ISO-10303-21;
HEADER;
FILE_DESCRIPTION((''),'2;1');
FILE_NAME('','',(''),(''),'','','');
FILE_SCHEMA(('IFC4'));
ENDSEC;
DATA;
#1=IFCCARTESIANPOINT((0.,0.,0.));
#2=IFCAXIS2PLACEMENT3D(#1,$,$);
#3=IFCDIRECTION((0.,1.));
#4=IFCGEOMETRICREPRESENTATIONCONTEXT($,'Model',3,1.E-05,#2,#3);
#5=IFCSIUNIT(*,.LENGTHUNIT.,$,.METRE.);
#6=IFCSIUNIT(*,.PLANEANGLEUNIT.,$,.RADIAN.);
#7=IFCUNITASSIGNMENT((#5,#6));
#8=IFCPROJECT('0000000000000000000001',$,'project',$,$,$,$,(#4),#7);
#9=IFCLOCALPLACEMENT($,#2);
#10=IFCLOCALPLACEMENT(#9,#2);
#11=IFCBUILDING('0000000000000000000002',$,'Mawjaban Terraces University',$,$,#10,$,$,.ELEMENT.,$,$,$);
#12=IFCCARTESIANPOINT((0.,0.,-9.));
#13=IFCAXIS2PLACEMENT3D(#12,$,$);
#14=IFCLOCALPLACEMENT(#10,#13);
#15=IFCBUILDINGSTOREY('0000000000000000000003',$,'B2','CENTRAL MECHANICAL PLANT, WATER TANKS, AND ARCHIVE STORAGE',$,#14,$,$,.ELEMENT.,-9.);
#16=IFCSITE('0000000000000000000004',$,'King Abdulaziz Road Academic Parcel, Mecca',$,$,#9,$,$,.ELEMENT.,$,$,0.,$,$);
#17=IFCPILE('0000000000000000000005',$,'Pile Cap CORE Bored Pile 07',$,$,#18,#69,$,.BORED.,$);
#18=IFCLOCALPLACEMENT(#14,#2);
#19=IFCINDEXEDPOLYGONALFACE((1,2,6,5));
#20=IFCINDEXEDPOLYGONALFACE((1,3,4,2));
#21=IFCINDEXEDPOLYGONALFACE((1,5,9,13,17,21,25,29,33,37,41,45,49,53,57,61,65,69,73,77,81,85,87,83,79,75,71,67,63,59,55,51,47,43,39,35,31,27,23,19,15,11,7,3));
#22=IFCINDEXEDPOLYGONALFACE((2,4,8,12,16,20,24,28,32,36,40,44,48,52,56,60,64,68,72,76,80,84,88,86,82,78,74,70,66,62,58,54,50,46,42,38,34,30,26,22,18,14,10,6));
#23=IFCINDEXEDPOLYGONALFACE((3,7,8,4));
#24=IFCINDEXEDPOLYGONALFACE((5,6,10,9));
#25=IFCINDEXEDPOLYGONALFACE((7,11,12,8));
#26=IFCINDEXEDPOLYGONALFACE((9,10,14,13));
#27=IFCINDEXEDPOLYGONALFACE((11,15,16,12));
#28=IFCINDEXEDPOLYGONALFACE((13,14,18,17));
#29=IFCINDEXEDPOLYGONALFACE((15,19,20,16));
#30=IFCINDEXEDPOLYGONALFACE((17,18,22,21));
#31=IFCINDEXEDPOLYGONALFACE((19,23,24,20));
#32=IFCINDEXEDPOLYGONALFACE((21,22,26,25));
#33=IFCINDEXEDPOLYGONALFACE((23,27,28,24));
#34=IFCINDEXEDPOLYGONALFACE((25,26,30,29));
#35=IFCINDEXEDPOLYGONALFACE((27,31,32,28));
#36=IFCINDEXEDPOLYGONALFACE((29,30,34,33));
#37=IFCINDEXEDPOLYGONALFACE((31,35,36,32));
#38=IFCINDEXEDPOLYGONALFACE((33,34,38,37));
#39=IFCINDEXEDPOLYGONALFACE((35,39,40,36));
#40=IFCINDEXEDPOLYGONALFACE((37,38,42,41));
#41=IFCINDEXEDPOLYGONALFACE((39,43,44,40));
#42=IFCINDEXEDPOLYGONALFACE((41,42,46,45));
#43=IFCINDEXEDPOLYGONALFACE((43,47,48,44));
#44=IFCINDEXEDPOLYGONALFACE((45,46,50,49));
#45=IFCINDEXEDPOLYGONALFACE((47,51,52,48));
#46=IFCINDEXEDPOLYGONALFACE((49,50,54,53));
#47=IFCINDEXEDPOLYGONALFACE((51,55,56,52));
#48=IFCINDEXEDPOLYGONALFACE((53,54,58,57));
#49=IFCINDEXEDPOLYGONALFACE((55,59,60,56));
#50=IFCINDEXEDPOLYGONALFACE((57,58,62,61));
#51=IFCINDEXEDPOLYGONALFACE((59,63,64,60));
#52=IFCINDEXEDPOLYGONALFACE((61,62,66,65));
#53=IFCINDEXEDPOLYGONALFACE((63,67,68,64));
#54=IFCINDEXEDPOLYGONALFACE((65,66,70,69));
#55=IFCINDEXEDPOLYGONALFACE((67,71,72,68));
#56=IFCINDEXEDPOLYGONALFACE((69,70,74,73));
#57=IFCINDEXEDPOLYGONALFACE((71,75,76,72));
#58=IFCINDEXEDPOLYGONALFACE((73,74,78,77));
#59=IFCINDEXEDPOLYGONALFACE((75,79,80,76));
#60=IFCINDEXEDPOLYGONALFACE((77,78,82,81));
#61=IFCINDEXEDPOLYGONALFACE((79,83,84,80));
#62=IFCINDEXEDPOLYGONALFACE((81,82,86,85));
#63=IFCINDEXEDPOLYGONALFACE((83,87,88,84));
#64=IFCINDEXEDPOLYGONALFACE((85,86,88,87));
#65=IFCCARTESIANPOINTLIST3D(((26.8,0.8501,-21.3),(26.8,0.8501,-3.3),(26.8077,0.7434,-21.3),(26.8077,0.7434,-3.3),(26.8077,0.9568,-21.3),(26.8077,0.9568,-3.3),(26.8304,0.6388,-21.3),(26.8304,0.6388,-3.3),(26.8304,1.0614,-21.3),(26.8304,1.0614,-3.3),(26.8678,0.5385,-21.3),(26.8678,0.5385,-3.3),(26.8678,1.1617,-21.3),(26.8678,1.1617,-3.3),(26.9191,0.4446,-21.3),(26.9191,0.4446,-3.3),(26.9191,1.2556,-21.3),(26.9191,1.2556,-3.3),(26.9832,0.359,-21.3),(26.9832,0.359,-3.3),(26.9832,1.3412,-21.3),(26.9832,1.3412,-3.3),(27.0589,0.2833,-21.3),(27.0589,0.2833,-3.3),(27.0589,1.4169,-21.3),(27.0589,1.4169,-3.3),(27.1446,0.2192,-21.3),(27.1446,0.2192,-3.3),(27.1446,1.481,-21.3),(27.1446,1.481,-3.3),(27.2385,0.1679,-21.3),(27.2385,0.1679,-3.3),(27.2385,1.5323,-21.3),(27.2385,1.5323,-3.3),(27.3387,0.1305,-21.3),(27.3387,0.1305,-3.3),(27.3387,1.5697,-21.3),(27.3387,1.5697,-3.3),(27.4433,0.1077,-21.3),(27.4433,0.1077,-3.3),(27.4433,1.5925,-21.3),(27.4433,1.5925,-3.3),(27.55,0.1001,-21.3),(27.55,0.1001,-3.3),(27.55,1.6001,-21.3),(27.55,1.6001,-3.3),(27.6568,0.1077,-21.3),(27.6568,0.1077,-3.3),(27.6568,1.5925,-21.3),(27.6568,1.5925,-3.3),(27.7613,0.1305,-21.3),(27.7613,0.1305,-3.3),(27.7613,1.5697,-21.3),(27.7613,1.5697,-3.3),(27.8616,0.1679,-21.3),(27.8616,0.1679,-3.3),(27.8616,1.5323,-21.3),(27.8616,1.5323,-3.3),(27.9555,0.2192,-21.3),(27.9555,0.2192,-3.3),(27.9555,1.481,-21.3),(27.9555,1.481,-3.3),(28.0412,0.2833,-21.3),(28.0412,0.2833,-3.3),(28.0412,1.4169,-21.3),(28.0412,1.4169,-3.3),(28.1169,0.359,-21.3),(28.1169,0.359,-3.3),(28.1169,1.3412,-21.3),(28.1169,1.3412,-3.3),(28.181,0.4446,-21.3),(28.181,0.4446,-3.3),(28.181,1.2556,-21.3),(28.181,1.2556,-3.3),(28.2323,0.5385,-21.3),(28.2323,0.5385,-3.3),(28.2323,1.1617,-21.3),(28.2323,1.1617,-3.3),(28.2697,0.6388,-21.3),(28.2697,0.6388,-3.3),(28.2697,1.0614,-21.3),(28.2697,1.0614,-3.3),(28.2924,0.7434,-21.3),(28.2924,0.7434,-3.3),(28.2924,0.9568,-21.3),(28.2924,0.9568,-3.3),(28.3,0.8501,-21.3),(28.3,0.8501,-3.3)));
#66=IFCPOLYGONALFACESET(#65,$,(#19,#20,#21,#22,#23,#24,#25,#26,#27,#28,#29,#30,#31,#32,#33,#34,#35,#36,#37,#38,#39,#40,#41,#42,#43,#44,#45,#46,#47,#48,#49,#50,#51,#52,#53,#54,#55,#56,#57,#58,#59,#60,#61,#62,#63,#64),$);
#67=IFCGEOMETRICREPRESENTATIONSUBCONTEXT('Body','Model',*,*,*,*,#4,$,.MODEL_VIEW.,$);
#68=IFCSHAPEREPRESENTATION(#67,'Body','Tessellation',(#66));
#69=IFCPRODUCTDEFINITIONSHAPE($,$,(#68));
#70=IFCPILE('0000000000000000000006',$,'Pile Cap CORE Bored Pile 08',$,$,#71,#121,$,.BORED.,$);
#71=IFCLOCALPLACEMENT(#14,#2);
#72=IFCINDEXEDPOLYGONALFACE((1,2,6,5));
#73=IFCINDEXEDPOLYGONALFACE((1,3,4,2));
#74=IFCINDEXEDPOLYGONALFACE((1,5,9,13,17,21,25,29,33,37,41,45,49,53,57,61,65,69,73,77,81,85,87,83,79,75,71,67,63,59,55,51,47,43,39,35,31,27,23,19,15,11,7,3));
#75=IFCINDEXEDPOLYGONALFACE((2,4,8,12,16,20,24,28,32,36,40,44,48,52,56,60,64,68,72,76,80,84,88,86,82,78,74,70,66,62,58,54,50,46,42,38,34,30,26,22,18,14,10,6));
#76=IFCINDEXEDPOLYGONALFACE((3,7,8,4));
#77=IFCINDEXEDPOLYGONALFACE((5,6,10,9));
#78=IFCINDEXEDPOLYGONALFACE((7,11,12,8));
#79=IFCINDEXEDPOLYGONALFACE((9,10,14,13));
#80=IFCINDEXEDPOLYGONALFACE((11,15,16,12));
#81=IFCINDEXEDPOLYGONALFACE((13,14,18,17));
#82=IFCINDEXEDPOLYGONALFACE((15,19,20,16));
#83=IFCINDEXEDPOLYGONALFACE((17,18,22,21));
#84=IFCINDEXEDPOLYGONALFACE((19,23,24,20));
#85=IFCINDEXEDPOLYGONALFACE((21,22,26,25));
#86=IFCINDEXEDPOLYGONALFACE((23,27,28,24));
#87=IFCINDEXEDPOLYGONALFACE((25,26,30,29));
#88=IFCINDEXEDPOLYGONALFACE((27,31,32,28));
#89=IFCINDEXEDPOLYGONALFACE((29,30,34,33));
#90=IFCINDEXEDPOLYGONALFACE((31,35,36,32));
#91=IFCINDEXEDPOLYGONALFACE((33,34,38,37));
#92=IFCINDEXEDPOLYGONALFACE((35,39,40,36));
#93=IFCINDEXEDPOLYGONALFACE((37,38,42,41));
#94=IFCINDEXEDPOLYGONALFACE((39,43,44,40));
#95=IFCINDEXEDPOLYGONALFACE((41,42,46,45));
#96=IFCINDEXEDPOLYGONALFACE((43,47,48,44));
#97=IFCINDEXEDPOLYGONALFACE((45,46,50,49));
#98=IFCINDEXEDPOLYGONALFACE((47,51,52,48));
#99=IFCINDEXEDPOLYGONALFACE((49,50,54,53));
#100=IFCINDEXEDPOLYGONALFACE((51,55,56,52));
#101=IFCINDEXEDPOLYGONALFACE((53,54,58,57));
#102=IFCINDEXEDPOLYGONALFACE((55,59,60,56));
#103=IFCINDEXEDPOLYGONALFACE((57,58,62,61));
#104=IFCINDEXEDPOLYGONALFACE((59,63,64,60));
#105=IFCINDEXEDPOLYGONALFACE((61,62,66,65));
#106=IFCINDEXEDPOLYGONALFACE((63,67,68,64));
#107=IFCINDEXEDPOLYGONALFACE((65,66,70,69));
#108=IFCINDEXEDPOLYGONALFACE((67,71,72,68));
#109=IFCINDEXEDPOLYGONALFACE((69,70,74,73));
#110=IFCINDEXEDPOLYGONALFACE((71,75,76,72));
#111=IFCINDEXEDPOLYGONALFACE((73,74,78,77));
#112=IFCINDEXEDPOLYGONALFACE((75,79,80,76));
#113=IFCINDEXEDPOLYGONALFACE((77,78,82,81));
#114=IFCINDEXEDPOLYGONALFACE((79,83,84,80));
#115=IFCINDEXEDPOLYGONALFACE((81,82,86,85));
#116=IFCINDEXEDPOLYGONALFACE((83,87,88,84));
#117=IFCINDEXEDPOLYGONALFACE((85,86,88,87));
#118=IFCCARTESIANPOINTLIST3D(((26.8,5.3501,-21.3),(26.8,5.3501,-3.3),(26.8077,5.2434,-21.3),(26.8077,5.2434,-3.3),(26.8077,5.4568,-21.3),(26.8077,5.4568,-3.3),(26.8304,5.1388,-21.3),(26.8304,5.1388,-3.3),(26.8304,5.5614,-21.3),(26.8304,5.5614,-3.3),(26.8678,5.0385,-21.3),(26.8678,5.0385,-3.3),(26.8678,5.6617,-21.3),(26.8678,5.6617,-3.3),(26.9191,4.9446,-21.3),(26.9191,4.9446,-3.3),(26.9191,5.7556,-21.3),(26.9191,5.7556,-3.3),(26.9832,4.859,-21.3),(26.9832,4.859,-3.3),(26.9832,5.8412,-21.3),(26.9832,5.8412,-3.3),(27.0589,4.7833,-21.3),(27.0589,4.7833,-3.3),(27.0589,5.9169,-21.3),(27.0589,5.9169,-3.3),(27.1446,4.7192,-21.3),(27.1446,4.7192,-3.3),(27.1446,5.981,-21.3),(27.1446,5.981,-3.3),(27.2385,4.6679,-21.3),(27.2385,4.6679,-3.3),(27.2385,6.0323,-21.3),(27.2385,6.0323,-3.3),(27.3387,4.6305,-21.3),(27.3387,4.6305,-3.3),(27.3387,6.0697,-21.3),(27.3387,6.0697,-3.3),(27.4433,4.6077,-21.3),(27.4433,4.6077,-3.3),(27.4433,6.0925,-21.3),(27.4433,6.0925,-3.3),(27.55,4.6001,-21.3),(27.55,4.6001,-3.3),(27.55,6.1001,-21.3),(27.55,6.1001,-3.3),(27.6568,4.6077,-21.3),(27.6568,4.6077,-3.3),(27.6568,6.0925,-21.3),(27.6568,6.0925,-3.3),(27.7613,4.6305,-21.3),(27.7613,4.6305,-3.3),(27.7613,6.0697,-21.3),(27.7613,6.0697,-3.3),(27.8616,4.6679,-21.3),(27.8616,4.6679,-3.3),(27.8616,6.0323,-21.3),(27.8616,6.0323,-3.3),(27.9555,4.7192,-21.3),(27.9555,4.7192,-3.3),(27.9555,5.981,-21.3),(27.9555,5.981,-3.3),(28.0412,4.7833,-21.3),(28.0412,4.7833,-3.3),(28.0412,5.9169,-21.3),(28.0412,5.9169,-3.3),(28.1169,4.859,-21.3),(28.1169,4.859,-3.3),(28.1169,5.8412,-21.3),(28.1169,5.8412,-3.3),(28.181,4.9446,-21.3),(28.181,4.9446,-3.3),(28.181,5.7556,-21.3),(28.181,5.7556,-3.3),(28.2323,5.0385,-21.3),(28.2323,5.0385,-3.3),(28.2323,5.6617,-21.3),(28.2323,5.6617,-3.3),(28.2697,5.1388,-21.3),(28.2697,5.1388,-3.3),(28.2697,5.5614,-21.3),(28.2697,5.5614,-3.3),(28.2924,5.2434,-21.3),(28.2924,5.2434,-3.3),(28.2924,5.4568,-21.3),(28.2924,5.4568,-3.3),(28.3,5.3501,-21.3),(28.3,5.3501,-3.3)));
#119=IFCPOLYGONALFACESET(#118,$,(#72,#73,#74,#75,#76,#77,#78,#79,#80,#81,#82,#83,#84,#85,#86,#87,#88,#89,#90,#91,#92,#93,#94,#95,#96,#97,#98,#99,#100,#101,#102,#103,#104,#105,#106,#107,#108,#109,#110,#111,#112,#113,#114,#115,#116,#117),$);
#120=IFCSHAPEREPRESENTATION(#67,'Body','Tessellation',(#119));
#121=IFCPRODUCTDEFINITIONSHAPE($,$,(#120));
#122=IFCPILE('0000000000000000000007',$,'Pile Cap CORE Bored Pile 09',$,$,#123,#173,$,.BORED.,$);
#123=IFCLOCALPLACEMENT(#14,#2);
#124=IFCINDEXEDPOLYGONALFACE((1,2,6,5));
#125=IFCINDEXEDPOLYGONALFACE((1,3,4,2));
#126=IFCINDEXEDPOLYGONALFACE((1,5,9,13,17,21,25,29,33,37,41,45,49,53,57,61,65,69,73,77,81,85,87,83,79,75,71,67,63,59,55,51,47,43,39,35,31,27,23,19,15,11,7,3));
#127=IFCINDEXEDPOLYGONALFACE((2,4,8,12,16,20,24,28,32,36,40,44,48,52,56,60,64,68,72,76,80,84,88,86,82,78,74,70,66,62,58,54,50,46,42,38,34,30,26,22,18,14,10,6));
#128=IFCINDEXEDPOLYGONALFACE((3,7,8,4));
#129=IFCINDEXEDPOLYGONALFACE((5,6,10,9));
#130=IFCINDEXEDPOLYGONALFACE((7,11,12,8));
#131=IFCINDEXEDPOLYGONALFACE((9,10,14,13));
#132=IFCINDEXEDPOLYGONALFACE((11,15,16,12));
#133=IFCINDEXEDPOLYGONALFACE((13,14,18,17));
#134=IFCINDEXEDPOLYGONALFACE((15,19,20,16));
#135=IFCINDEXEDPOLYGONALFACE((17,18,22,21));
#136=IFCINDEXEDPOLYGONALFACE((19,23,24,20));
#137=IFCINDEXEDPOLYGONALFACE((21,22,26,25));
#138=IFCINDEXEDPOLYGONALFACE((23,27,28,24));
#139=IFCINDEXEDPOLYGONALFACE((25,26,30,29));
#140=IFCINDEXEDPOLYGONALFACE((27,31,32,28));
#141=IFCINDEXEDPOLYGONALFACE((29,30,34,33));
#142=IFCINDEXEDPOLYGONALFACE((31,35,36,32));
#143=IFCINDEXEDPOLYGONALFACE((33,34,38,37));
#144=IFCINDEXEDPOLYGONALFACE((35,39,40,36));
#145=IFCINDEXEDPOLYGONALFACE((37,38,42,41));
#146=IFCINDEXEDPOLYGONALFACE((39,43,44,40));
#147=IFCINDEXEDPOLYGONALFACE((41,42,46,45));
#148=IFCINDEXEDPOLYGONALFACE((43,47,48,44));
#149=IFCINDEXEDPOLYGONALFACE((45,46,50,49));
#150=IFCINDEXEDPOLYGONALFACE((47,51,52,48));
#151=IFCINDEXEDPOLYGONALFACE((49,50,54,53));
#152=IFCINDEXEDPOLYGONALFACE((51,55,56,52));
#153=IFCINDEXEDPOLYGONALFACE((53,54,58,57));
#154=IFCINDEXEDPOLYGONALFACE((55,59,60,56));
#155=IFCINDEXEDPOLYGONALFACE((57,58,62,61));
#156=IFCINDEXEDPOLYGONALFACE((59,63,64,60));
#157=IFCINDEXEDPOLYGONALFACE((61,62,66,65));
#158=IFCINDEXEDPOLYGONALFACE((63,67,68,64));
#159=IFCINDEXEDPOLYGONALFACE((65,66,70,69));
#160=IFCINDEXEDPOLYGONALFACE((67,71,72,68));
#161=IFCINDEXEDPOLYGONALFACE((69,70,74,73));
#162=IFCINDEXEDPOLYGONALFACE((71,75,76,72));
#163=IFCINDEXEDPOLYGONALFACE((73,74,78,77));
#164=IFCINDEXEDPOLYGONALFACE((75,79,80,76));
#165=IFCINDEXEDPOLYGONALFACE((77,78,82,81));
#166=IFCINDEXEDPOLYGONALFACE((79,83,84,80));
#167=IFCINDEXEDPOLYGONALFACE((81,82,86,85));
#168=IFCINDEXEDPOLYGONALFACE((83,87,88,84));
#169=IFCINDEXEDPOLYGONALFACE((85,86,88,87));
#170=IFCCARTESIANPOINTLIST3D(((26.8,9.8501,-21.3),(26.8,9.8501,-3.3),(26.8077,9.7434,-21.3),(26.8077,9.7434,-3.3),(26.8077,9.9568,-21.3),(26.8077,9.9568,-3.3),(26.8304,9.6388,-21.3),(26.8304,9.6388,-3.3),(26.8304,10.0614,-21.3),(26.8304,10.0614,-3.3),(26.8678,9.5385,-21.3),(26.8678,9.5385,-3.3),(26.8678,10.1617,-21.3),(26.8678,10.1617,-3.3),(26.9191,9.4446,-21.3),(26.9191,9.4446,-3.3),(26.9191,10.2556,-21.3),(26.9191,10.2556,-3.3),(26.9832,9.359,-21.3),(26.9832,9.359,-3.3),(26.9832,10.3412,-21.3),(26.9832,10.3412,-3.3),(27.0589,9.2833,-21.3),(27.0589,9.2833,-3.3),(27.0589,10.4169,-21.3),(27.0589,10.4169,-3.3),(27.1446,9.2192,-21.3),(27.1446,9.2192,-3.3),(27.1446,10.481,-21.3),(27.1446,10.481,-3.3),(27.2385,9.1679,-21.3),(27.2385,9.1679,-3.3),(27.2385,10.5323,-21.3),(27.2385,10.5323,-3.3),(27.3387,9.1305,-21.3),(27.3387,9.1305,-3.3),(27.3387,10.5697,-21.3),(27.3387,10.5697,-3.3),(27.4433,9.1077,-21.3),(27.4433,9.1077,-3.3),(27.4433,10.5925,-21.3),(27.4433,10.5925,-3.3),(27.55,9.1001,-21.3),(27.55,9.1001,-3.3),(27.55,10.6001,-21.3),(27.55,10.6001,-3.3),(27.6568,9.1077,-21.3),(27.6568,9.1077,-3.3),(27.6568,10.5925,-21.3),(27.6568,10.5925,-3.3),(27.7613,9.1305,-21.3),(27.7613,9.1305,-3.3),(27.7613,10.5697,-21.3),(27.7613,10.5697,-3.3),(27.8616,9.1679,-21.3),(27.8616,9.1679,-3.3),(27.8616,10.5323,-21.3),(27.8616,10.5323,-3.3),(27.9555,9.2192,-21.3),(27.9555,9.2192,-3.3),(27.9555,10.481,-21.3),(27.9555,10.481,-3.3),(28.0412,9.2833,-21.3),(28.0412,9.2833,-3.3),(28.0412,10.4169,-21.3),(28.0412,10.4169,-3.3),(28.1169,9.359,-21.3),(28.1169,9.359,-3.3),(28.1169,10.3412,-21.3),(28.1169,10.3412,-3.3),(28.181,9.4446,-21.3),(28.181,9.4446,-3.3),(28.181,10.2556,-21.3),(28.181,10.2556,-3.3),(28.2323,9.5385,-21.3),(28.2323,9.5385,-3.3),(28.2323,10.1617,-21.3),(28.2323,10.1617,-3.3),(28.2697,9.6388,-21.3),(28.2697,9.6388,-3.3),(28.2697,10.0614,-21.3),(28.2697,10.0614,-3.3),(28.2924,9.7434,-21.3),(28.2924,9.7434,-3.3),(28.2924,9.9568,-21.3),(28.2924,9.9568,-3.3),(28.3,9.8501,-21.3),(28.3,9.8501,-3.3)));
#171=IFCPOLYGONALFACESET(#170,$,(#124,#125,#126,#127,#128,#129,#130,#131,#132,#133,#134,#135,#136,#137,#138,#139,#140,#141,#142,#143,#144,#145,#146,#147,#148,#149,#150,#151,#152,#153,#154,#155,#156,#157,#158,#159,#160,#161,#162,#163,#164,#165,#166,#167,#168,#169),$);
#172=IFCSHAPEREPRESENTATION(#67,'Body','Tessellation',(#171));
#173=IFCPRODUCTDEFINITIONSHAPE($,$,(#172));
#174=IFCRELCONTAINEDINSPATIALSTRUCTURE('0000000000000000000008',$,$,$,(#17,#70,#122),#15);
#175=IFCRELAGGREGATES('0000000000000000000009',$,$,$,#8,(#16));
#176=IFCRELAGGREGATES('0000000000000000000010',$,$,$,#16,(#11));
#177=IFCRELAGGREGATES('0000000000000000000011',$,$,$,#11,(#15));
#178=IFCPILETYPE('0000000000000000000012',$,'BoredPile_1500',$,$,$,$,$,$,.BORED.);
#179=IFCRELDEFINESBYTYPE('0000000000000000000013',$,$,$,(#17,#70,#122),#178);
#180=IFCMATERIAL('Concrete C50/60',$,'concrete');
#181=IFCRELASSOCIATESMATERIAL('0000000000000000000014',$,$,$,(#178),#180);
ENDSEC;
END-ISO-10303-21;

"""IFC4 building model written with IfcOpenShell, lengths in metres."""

from ifc_helpers import new_model, si_unit, direction, frame, origin, origin_2d, place, context, subcontext, project, spatial, circle, extrude, material, material_profile, profile_set, type_object, element, save


model = new_model("IFC4")

# Units and contexts
model_context = context("Model", 3, precision=1e-05, world=origin(), true_north=direction((0.0, 1.0)))
body_context = subcontext(model_context, "Body", "Model", "MODEL_VIEW")
ifc_project = project(units=[si_unit("LENGTHUNIT", "METRE"), si_unit("PLANEANGLEUNIT", "RADIAN")], contexts=[model_context])

# Site, building, storey
site_placement = place(None, origin())
site = spatial("IfcSite", under=ifc_project, at=site_placement, Name="King Abdulaziz Road Academic Parcel, Mecca", CompositionType="ELEMENT", RefElevation=0.0)
building_placement = place(site_placement, origin())
building = spatial("IfcBuilding", under=site, at=building_placement, Name="Mawjaban Terraces University", CompositionType="ELEMENT")
storey_placement = place(building_placement, frame((0.0, 0.0, -9.0)))
storey = spatial("IfcBuildingStorey", under=building, at=storey_placement, Name="B2", Description="CENTRAL MECHANICAL PLANT, WATER TANKS, AND ARCHIVE STORAGE", CompositionType="ELEMENT", Elevation=-9.0)

# Piles
ifc_material_1 = material(Name="Concrete C50/60", Category="concrete")
ifc_material_profile = material_profile(ifc_material_1, circle(Radius=0.75, at=origin_2d()), Name="PILE1500")
ifc_profile_set = profile_set([ifc_material_profile], Name="Concrete C50/60")
pile_type = type_object("IfcPileType", Name="BoredPile_1500", PredefinedType="BORED", material=ifc_profile_set)
for number, where, z_axis, x_axis, name in (
    (1, (27.55, 0.8501, -3.3), (0.0, 0.0, -1.0), (1.0, 0.0, 0.0), "Pile Cap CORE Bored Pile 07"),
    (2, (27.55, 5.3501, -3.3), (0.0, 0.0, -1.0), (1.0, 0.0, 0.0), "Pile Cap CORE Bored Pile 08"),
    (3, (27.55, 9.8501, -3.3), (0.0, 0.0, -1.0), (1.0, 0.0, 0.0), "Pile Cap CORE Bored Pile 09"),
):
    element("IfcPile", number, at=place(storey_placement, frame(where, z_axis=z_axis, x_axis=x_axis)), inside=storey, type_object=pile_type, Name=name, PredefinedType="BORED", context=body_context, shape_type="SweptSolid", body=[
        extrude(circle(Radius=0.75, at=origin_2d()), origin(), (0.0, 0.0, 1.0), 18.0),
    ])

save(model, "model.ifc")
